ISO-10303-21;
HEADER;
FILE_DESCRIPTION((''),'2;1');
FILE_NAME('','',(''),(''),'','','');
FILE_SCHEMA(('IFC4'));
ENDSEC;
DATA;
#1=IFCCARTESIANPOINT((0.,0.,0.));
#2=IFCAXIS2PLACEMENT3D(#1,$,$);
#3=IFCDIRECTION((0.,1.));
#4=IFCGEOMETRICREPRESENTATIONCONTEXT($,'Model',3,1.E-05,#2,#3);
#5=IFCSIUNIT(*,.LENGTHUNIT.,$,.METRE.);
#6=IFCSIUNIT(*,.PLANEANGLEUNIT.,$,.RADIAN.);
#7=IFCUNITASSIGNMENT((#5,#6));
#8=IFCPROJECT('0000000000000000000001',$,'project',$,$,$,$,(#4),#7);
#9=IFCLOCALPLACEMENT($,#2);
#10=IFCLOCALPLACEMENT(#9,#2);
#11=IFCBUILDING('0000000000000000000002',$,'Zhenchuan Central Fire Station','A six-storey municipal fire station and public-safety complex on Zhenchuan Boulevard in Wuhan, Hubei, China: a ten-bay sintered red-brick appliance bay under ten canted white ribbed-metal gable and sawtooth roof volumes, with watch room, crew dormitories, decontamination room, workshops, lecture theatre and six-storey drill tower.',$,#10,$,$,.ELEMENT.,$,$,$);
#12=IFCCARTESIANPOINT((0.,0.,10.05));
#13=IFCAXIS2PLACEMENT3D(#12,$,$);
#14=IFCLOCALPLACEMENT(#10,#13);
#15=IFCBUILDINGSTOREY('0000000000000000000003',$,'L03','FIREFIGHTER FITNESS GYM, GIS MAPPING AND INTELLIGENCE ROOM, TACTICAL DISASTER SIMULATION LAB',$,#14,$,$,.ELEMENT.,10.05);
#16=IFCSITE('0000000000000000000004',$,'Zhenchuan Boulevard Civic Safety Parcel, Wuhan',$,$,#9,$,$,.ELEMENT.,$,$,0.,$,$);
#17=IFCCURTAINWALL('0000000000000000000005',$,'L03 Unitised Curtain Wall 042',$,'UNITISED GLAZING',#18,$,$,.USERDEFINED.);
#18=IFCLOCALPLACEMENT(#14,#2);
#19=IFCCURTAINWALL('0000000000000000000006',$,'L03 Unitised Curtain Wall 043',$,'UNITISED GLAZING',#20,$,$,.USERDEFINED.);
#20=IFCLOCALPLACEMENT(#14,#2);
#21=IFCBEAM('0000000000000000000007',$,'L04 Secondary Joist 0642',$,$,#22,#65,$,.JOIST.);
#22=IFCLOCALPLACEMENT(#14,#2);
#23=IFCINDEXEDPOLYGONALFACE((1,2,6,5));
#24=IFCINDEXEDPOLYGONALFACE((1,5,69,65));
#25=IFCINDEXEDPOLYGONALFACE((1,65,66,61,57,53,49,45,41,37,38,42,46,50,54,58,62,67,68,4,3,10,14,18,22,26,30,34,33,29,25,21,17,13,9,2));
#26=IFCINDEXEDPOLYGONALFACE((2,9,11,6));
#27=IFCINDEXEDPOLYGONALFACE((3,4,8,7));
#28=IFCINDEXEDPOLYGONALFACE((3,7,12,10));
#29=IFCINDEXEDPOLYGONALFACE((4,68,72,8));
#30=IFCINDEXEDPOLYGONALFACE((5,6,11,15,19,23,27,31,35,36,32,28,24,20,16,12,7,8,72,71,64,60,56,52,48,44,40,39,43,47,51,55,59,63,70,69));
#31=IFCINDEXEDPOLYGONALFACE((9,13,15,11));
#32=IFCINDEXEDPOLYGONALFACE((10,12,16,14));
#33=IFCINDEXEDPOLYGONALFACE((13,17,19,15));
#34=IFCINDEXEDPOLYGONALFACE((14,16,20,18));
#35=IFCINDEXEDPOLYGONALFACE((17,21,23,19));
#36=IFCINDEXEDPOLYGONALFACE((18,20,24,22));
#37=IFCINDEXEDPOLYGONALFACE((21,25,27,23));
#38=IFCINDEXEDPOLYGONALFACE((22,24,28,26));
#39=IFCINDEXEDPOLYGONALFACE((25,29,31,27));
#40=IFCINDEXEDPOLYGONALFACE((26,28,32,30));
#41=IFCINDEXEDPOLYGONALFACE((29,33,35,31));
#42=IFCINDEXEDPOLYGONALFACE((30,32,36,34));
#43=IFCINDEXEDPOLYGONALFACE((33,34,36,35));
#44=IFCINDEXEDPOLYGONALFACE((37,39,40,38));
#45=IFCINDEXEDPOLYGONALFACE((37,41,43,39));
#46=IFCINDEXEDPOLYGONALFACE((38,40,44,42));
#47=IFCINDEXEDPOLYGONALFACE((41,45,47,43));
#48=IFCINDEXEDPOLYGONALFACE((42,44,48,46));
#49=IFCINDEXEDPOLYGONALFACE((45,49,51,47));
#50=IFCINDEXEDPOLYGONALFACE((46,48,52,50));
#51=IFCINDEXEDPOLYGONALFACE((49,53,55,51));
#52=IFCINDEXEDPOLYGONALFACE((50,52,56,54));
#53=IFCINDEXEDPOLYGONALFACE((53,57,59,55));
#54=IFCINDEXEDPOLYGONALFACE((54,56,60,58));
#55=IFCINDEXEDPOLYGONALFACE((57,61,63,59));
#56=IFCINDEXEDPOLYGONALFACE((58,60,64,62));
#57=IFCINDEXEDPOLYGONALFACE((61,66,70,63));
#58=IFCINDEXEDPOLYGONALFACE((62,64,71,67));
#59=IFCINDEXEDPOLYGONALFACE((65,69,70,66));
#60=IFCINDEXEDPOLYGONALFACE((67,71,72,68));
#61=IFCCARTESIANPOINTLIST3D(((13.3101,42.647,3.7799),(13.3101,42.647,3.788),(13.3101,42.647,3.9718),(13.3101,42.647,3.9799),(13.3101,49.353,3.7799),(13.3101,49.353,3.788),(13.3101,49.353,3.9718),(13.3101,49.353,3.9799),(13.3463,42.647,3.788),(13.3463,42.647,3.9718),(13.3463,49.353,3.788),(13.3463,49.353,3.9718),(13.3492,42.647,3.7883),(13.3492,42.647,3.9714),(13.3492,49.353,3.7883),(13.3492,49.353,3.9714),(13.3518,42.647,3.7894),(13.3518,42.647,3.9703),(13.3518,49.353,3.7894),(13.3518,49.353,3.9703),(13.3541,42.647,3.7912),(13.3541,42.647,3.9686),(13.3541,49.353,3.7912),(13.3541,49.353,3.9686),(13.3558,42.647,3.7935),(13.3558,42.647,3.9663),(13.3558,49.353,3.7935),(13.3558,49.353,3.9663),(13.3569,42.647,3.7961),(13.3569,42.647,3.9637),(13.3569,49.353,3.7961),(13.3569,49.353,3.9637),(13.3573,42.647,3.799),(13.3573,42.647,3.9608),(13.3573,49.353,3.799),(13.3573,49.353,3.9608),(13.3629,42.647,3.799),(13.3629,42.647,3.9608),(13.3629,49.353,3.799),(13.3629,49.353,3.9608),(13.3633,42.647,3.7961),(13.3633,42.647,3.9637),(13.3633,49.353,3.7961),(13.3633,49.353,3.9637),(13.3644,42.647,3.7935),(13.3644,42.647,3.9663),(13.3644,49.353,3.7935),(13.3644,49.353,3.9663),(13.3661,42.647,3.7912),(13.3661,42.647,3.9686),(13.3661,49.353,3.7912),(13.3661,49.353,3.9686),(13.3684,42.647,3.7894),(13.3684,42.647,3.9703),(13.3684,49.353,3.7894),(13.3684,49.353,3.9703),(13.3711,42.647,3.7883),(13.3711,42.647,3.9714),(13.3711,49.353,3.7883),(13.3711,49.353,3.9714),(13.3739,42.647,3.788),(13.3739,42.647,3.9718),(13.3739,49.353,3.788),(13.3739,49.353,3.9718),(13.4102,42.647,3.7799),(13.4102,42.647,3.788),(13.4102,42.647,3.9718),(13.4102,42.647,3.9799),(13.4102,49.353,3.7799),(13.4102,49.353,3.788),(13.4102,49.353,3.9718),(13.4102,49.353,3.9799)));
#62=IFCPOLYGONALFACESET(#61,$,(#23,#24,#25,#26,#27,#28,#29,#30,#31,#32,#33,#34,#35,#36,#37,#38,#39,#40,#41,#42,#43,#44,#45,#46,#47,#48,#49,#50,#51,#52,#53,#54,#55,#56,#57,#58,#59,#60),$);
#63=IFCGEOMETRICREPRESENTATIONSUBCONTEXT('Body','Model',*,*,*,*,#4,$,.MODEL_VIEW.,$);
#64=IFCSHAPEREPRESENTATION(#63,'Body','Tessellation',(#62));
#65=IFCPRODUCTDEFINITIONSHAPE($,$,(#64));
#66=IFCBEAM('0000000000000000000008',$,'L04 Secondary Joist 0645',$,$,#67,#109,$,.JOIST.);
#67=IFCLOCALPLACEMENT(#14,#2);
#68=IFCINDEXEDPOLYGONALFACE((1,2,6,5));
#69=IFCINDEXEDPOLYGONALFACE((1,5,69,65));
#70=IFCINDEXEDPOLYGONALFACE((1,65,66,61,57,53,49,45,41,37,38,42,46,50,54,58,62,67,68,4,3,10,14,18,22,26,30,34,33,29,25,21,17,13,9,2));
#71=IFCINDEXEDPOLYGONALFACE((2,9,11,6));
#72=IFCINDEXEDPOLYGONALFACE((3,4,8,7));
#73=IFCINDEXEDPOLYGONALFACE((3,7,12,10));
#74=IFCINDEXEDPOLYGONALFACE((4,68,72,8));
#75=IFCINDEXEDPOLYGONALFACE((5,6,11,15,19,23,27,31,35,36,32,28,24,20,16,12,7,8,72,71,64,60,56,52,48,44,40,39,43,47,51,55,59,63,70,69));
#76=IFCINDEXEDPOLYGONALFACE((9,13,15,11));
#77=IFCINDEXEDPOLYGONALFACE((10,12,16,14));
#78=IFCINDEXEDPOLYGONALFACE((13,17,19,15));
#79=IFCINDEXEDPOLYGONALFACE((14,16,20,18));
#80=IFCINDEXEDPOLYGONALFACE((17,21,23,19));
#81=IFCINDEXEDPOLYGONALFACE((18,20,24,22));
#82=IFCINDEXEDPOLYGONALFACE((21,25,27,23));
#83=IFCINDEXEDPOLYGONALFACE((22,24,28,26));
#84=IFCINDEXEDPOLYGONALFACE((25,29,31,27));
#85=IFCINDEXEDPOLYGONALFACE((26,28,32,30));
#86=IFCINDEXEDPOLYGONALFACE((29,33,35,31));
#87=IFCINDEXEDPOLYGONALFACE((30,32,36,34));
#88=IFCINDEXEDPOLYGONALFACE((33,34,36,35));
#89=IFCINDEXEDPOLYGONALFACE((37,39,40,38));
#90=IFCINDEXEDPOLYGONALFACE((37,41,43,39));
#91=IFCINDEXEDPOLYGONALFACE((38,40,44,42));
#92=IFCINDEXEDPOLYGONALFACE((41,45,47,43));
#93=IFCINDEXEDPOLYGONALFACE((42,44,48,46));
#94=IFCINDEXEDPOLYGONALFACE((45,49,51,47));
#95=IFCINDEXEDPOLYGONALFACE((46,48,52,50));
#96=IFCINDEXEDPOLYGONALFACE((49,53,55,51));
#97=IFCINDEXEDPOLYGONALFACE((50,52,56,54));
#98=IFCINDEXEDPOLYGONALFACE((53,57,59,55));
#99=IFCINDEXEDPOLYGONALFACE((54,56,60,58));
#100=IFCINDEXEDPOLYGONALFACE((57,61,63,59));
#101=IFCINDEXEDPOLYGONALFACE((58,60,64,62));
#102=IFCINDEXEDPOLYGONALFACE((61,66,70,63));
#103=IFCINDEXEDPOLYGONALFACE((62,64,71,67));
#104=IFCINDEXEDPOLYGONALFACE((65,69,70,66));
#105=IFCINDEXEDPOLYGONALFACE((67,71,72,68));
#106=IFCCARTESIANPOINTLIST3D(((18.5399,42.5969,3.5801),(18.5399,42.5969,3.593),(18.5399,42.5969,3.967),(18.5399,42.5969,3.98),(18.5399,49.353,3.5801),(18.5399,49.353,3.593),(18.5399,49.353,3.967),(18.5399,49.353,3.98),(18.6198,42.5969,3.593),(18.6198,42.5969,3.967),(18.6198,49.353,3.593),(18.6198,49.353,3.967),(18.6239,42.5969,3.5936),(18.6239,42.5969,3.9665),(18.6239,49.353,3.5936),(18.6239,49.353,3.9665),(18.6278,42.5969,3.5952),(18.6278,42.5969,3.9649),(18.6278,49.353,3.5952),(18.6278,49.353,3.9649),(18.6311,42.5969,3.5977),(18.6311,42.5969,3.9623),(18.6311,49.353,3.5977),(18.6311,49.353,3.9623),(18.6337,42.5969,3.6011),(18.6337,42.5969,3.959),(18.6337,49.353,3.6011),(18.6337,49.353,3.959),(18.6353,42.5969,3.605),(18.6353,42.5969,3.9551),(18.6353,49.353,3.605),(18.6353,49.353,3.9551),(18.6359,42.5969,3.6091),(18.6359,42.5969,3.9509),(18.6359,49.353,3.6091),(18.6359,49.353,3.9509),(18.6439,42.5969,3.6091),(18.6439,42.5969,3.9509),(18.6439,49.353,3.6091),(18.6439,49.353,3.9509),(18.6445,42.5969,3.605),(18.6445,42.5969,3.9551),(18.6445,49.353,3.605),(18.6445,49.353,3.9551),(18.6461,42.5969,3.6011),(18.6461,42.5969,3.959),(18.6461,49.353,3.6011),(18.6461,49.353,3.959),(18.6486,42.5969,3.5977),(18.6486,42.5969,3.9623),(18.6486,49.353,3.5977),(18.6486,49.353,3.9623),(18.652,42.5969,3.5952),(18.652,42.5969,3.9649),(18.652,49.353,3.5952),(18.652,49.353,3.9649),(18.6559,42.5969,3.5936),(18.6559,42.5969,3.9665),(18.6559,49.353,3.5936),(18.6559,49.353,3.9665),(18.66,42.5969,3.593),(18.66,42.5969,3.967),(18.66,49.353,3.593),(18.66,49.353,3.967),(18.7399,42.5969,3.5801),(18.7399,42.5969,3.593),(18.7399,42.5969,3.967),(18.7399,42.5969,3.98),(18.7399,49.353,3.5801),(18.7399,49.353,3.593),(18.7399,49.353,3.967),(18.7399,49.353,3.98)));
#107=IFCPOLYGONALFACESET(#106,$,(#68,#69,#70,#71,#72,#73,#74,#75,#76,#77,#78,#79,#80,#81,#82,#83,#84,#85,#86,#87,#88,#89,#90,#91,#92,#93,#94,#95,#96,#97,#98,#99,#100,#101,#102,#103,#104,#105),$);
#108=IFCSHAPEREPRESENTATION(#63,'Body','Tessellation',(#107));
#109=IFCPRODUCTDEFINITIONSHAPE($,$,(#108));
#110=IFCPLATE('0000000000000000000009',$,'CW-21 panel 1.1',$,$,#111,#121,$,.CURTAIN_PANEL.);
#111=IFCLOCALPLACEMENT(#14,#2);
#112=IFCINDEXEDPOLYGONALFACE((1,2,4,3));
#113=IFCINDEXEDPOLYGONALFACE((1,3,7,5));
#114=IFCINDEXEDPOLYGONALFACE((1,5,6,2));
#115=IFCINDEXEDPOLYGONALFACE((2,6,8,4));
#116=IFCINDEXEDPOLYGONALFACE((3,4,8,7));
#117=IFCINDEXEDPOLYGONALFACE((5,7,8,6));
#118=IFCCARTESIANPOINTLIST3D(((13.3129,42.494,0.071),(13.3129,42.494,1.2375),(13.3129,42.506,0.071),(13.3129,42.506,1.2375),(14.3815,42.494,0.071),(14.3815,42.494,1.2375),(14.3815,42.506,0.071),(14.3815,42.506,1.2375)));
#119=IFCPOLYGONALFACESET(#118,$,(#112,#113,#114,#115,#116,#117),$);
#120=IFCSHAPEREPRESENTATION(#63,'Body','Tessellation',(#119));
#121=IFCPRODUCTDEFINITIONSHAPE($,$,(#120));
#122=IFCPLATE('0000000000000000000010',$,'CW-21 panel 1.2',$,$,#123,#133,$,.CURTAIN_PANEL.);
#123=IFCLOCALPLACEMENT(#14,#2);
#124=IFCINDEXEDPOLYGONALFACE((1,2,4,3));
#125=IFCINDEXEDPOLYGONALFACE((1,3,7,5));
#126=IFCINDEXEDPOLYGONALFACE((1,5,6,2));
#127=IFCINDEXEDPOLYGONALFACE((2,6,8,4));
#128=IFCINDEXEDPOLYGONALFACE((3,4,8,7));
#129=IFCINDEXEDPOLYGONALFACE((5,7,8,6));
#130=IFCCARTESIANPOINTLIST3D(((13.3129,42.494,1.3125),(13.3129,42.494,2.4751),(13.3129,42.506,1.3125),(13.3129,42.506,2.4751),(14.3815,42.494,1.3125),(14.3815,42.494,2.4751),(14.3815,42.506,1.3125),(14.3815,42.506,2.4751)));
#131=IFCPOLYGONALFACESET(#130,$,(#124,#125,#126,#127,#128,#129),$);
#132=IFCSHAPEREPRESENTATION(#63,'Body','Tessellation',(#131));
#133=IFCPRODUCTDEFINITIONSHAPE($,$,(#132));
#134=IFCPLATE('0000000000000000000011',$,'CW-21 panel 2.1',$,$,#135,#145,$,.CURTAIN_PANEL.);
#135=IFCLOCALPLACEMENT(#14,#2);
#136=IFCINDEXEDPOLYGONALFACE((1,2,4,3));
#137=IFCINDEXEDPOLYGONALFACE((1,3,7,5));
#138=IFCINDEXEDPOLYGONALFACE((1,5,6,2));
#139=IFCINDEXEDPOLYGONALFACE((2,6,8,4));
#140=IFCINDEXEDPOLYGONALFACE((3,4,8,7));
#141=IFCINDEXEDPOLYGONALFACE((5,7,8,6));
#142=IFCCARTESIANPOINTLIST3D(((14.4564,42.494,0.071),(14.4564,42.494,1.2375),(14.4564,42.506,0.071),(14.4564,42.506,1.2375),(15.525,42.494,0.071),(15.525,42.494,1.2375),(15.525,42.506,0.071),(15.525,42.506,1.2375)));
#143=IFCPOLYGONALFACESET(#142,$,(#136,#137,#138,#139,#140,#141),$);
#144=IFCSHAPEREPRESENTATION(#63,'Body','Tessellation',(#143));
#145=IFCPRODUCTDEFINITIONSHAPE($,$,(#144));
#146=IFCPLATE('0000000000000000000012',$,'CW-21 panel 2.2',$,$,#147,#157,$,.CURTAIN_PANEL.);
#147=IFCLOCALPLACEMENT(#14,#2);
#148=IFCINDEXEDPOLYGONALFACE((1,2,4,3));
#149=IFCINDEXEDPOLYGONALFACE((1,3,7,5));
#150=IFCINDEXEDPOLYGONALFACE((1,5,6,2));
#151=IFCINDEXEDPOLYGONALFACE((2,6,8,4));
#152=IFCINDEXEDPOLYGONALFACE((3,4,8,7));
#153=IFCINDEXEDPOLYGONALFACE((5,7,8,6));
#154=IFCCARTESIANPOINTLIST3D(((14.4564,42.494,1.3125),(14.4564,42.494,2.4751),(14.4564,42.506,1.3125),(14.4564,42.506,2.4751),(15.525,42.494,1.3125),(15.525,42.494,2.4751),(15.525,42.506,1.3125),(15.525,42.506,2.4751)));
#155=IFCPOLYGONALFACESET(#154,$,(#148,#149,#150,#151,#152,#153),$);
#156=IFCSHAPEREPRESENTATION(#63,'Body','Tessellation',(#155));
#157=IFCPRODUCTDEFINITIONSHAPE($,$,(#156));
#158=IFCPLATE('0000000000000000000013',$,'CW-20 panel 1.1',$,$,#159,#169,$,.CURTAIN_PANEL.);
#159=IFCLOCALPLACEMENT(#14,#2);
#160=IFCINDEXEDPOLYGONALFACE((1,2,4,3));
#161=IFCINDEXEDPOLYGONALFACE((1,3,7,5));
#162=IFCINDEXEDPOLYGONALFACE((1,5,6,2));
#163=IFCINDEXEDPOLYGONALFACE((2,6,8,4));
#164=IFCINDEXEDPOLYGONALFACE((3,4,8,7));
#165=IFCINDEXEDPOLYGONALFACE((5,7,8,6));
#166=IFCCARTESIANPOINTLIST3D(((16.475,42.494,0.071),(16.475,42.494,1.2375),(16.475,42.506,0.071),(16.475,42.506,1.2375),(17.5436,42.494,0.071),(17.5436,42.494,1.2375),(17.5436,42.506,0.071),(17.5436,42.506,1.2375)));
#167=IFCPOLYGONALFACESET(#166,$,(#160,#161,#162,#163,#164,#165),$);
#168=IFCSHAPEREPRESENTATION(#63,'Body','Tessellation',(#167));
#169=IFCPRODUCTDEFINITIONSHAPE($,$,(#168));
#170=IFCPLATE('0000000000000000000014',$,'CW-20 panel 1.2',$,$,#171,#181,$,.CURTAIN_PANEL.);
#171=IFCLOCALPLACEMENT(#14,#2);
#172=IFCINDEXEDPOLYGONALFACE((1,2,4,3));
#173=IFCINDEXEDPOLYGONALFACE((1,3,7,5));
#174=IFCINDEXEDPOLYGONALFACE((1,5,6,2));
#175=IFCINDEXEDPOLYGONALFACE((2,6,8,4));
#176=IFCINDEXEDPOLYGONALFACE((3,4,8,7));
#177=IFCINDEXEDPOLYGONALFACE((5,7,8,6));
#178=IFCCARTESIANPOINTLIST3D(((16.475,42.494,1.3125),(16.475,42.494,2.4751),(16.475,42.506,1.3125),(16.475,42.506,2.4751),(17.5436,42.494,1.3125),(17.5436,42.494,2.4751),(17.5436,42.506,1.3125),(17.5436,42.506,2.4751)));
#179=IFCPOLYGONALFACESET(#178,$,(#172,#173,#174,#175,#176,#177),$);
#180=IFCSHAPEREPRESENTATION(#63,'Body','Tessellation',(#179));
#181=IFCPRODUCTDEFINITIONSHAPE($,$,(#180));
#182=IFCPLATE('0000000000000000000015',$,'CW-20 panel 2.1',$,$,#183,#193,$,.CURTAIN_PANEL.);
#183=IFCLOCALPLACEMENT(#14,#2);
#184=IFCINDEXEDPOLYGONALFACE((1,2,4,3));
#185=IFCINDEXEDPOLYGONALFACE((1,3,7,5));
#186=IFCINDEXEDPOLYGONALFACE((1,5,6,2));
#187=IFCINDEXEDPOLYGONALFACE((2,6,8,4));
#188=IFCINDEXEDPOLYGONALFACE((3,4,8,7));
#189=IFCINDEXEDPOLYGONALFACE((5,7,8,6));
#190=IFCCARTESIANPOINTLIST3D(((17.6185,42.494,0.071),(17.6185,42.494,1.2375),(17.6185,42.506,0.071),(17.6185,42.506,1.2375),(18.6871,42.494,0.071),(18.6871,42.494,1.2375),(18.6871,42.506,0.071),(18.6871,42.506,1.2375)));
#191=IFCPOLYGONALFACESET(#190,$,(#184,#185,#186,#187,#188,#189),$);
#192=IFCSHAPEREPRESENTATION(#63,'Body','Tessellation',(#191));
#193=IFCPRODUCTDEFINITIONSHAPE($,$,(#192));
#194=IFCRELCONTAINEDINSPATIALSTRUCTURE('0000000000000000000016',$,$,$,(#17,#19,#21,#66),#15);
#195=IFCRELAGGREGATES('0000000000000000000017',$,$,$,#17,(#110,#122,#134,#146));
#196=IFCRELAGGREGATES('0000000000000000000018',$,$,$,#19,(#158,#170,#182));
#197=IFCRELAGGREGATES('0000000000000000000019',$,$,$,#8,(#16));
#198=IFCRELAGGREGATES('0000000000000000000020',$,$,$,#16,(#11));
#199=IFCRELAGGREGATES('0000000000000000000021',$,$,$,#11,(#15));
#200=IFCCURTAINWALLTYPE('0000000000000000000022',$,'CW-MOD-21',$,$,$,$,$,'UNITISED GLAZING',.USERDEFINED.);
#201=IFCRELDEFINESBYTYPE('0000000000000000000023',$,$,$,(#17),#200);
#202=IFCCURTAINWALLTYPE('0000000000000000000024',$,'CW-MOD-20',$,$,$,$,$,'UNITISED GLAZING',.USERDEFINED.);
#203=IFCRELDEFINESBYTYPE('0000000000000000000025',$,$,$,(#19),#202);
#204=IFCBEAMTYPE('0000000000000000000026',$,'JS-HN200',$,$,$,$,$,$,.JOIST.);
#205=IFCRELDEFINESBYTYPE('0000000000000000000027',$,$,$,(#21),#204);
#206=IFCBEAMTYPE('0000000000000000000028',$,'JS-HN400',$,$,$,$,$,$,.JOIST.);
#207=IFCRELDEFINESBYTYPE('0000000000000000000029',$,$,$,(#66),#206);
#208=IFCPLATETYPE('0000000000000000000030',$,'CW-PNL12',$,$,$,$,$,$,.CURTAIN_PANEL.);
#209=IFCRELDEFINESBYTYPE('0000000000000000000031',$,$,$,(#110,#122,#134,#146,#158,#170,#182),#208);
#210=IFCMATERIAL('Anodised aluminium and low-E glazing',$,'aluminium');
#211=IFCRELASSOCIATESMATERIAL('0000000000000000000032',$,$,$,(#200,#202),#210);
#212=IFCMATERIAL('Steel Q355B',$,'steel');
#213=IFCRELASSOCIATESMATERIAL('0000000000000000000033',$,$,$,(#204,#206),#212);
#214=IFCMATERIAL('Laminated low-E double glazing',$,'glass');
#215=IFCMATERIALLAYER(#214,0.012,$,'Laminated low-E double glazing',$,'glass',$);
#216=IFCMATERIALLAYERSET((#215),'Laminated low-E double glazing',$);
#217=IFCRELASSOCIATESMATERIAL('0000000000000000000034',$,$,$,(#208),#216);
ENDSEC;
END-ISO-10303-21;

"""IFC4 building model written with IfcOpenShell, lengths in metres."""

from ifc_helpers import new_model, si_unit, direction, frame, origin, origin_2d, place, context, subcontext, project, spatial, rectangle, i_section, extrude, material, layer, layer_set, material_profile, profile_set, type_object, element, aggregate, save


model = new_model("IFC4")

# Units and contexts
model_context = context("Model", 3, precision=1e-05, world=origin(), true_north=direction((0.0, 1.0)))
body_context = subcontext(model_context, "Body", "Model", "MODEL_VIEW")
ifc_project = project(units=[si_unit("LENGTHUNIT", "METRE"), si_unit("PLANEANGLEUNIT", "RADIAN")], contexts=[model_context])

# Site, building, storey
site_placement = place(None, origin())
site = spatial("IfcSite", under=ifc_project, at=site_placement, Name="Zhenchuan Boulevard Civic Safety Parcel, Wuhan", CompositionType="ELEMENT", RefElevation=0.0)
building_placement = place(site_placement, origin())
building = spatial("IfcBuilding", under=site, at=building_placement, Name="Zhenchuan Central Fire Station", Description="A six-storey municipal fire station and public-safety complex on Zhenchuan Boulevard in Wuhan, Hubei, China: a ten-bay sintered red-brick appliance bay under ten canted white ribbed-metal gable and sawtooth roof volumes, with watch room, crew dormitories, decontamination room, workshops, lecture theatre and six-storey drill tower.", CompositionType="ELEMENT")
storey_placement = place(building_placement, frame((0.0, 0.0, 10.05)))
storey = spatial("IfcBuildingStorey", under=building, at=storey_placement, Name="L03", Description="FIREFIGHTER FITNESS GYM, GIS MAPPING AND INTELLIGENCE ROOM, TACTICAL DISASTER SIMULATION LAB", CompositionType="ELEMENT", Elevation=10.05)

# Shared definitions
ifc_material_1 = material(Name="Steel Q355B", Category="steel")

# Curtain walls
ifc_material_2 = material(Name="Anodised aluminium and low-E glazing", Category="aluminium")
curtain_wall_type_1 = type_object("IfcCurtainWallType", Name="CW-MOD-21", ElementType="UNITISED GLAZING", PredefinedType="USERDEFINED", material=ifc_material_2)
curtain_wall_1_placement = place(storey_placement, origin())
curtain_wall_1 = element("IfcCurtainWall", 1, at=curtain_wall_1_placement, inside=storey, type_object=curtain_wall_type_1, Name="L03 Unitised Curtain Wall 042", ObjectType="UNITISED GLAZING", PredefinedType="USERDEFINED")
curtain_wall_type_2 = type_object("IfcCurtainWallType", Name="CW-MOD-20", ElementType="UNITISED GLAZING", PredefinedType="USERDEFINED", material=ifc_material_2)
curtain_wall_2_placement = place(storey_placement, origin())
curtain_wall_2 = element("IfcCurtainWall", 2, at=curtain_wall_2_placement, inside=storey, type_object=curtain_wall_type_2, Name="L03 Unitised Curtain Wall 043", ObjectType="UNITISED GLAZING", PredefinedType="USERDEFINED")

# Beams
ifc_material_profile_1 = material_profile(ifc_material_1, i_section(OverallWidth=0.1001, OverallDepth=0.2, WebThickness=0.0056, FlangeThickness=0.0081, FilletRadius=0.011, at=origin_2d()), Name="HN 200x100")
ifc_profile_set_1 = profile_set([ifc_material_profile_1], Name="Steel Q355B")
beam_type_1 = type_object("IfcBeamType", Name="JS-HN200", PredefinedType="JOIST", material=ifc_profile_set_1)
beam_1_placement = place(storey_placement, frame((13.3601, 42.647, 3.8799), z_axis=(0.0, 1.0, 0.0), x_axis=(-1.0, 0.0, 0.0)))
element("IfcBeam", 3, at=beam_1_placement, inside=storey, type_object=beam_type_1, Name="L04 Secondary Joist 0642", PredefinedType="JOIST", context=body_context, shape_type="SweptSolid", body=[
    extrude(i_section(OverallWidth=0.1001, OverallDepth=0.2, WebThickness=0.0056, FlangeThickness=0.0081, FilletRadius=0.011, at=origin_2d()), origin(), (0.0, 0.0, 1.0), 6.7061),
])
ifc_material_profile_2 = material_profile(ifc_material_1, i_section(OverallWidth=0.2, OverallDepth=0.3999, WebThickness=0.0081, FlangeThickness=0.0129, FilletRadius=0.0161, at=origin_2d()), Name="HN 400x200")
ifc_profile_set_2 = profile_set([ifc_material_profile_2], Name="Steel Q355B")
beam_type_2 = type_object("IfcBeamType", Name="JS-HN400", PredefinedType="JOIST", material=ifc_profile_set_2)
beam_2_placement = place(storey_placement, frame((18.6399, 42.5969, 3.78), z_axis=(0.0, 1.0, 0.0), x_axis=(-1.0, 0.0, 0.0)))
element("IfcBeam", 4, at=beam_2_placement, inside=storey, type_object=beam_type_2, Name="L04 Secondary Joist 0645", PredefinedType="JOIST", context=body_context, shape_type="SweptSolid", body=[
    extrude(i_section(OverallWidth=0.2, OverallDepth=0.3999, WebThickness=0.0081, FlangeThickness=0.0129, FilletRadius=0.0161, at=origin_2d()), origin(), (0.0, 0.0, 1.0), 6.7561),
])

# Plates
ifc_material_3 = material(Name="Laminated low-E double glazing", Category="glass")
ifc_layer_1 = layer(ifc_material_3, 0.012, Name="Laminated low-E double glazing", Category="glass")
ifc_layer_set_1 = layer_set([ifc_layer_1], Name="Laminated low-E double glazing")
plate_type = type_object("IfcPlateType", Name="CW-PNL12", PredefinedType="CURTAIN_PANEL", material=ifc_layer_set_1)
plate_1_placement = place(storey_placement, frame((13.8472, 42.5, 0.071), z_axis=(0.0, 0.0, 1.0), x_axis=(1.0, 0.0, 0.0)))
plate_1 = element("IfcPlate", 5, at=plate_1_placement, type_object=plate_type, Name="CW-21 panel 1.1", PredefinedType="CURTAIN_PANEL", context=body_context, shape_type="SweptSolid", body=[
    extrude(rectangle(XDim=1.0686, YDim=0.012, at=origin_2d()), origin(), (0.0, 0.0, 1.0), 1.1665),
])
plate_2_placement = place(storey_placement, frame((13.8472, 42.5, 1.3125), z_axis=(0.0, 0.0, 1.0), x_axis=(1.0, 0.0, 0.0)))
plate_2 = element("IfcPlate", 6, at=plate_2_placement, type_object=plate_type, Name="CW-21 panel 1.2", PredefinedType="CURTAIN_PANEL", context=body_context, shape_type="SweptSolid", body=[
    extrude(rectangle(XDim=1.0686, YDim=0.012, at=origin_2d()), origin(), (0.0, 0.0, 1.0), 1.1626),
])
plate_3_placement = place(storey_placement, frame((14.9907, 42.5, 0.071), z_axis=(0.0, 0.0, 1.0), x_axis=(1.0, 0.0, 0.0)))
plate_3 = element("IfcPlate", 7, at=plate_3_placement, type_object=plate_type, Name="CW-21 panel 2.1", PredefinedType="CURTAIN_PANEL", context=body_context, shape_type="SweptSolid", body=[
    extrude(rectangle(XDim=1.0686, YDim=0.012, at=origin_2d()), origin(), (0.0, 0.0, 1.0), 1.1665),
])
plate_4_placement = place(storey_placement, frame((14.9907, 42.5, 1.3125), z_axis=(0.0, 0.0, 1.0), x_axis=(1.0, 0.0, 0.0)))
plate_4 = element("IfcPlate", 8, at=plate_4_placement, type_object=plate_type, Name="CW-21 panel 2.2", PredefinedType="CURTAIN_PANEL", context=body_context, shape_type="SweptSolid", body=[
    extrude(rectangle(XDim=1.0686, YDim=0.012, at=origin_2d()), origin(), (0.0, 0.0, 1.0), 1.1626),
])
aggregate(curtain_wall_1, [plate_1, plate_2, plate_3, plate_4])
plate_5_placement = place(storey_placement, frame((17.0093, 42.5, 0.071), z_axis=(0.0, 0.0, 1.0), x_axis=(1.0, 0.0, 0.0)))
plate_5 = element("IfcPlate", 9, at=plate_5_placement, type_object=plate_type, Name="CW-20 panel 1.1", PredefinedType="CURTAIN_PANEL", context=body_context, shape_type="SweptSolid", body=[
    extrude(rectangle(XDim=1.0686, YDim=0.012, at=origin_2d()), origin(), (0.0, 0.0, 1.0), 1.1665),
])
plate_6_placement = place(storey_placement, frame((17.0093, 42.5, 1.3125), z_axis=(0.0, 0.0, 1.0), x_axis=(1.0, 0.0, 0.0)))
plate_6 = element("IfcPlate", 10, at=plate_6_placement, type_object=plate_type, Name="CW-20 panel 1.2", PredefinedType="CURTAIN_PANEL", context=body_context, shape_type="SweptSolid", body=[
    extrude(rectangle(XDim=1.0686, YDim=0.012, at=origin_2d()), origin(), (0.0, 0.0, 1.0), 1.1626),
])
plate_7_placement = place(storey_placement, frame((18.1528, 42.5, 0.071), z_axis=(0.0, 0.0, 1.0), x_axis=(1.0, 0.0, 0.0)))
plate_7 = element("IfcPlate", 11, at=plate_7_placement, type_object=plate_type, Name="CW-20 panel 2.1", PredefinedType="CURTAIN_PANEL", context=body_context, shape_type="SweptSolid", body=[
    extrude(rectangle(XDim=1.0686, YDim=0.012, at=origin_2d()), origin(), (0.0, 0.0, 1.0), 1.1665),
])
aggregate(curtain_wall_2, [plate_5, plate_6, plate_7])

save(model, "model.ifc")
